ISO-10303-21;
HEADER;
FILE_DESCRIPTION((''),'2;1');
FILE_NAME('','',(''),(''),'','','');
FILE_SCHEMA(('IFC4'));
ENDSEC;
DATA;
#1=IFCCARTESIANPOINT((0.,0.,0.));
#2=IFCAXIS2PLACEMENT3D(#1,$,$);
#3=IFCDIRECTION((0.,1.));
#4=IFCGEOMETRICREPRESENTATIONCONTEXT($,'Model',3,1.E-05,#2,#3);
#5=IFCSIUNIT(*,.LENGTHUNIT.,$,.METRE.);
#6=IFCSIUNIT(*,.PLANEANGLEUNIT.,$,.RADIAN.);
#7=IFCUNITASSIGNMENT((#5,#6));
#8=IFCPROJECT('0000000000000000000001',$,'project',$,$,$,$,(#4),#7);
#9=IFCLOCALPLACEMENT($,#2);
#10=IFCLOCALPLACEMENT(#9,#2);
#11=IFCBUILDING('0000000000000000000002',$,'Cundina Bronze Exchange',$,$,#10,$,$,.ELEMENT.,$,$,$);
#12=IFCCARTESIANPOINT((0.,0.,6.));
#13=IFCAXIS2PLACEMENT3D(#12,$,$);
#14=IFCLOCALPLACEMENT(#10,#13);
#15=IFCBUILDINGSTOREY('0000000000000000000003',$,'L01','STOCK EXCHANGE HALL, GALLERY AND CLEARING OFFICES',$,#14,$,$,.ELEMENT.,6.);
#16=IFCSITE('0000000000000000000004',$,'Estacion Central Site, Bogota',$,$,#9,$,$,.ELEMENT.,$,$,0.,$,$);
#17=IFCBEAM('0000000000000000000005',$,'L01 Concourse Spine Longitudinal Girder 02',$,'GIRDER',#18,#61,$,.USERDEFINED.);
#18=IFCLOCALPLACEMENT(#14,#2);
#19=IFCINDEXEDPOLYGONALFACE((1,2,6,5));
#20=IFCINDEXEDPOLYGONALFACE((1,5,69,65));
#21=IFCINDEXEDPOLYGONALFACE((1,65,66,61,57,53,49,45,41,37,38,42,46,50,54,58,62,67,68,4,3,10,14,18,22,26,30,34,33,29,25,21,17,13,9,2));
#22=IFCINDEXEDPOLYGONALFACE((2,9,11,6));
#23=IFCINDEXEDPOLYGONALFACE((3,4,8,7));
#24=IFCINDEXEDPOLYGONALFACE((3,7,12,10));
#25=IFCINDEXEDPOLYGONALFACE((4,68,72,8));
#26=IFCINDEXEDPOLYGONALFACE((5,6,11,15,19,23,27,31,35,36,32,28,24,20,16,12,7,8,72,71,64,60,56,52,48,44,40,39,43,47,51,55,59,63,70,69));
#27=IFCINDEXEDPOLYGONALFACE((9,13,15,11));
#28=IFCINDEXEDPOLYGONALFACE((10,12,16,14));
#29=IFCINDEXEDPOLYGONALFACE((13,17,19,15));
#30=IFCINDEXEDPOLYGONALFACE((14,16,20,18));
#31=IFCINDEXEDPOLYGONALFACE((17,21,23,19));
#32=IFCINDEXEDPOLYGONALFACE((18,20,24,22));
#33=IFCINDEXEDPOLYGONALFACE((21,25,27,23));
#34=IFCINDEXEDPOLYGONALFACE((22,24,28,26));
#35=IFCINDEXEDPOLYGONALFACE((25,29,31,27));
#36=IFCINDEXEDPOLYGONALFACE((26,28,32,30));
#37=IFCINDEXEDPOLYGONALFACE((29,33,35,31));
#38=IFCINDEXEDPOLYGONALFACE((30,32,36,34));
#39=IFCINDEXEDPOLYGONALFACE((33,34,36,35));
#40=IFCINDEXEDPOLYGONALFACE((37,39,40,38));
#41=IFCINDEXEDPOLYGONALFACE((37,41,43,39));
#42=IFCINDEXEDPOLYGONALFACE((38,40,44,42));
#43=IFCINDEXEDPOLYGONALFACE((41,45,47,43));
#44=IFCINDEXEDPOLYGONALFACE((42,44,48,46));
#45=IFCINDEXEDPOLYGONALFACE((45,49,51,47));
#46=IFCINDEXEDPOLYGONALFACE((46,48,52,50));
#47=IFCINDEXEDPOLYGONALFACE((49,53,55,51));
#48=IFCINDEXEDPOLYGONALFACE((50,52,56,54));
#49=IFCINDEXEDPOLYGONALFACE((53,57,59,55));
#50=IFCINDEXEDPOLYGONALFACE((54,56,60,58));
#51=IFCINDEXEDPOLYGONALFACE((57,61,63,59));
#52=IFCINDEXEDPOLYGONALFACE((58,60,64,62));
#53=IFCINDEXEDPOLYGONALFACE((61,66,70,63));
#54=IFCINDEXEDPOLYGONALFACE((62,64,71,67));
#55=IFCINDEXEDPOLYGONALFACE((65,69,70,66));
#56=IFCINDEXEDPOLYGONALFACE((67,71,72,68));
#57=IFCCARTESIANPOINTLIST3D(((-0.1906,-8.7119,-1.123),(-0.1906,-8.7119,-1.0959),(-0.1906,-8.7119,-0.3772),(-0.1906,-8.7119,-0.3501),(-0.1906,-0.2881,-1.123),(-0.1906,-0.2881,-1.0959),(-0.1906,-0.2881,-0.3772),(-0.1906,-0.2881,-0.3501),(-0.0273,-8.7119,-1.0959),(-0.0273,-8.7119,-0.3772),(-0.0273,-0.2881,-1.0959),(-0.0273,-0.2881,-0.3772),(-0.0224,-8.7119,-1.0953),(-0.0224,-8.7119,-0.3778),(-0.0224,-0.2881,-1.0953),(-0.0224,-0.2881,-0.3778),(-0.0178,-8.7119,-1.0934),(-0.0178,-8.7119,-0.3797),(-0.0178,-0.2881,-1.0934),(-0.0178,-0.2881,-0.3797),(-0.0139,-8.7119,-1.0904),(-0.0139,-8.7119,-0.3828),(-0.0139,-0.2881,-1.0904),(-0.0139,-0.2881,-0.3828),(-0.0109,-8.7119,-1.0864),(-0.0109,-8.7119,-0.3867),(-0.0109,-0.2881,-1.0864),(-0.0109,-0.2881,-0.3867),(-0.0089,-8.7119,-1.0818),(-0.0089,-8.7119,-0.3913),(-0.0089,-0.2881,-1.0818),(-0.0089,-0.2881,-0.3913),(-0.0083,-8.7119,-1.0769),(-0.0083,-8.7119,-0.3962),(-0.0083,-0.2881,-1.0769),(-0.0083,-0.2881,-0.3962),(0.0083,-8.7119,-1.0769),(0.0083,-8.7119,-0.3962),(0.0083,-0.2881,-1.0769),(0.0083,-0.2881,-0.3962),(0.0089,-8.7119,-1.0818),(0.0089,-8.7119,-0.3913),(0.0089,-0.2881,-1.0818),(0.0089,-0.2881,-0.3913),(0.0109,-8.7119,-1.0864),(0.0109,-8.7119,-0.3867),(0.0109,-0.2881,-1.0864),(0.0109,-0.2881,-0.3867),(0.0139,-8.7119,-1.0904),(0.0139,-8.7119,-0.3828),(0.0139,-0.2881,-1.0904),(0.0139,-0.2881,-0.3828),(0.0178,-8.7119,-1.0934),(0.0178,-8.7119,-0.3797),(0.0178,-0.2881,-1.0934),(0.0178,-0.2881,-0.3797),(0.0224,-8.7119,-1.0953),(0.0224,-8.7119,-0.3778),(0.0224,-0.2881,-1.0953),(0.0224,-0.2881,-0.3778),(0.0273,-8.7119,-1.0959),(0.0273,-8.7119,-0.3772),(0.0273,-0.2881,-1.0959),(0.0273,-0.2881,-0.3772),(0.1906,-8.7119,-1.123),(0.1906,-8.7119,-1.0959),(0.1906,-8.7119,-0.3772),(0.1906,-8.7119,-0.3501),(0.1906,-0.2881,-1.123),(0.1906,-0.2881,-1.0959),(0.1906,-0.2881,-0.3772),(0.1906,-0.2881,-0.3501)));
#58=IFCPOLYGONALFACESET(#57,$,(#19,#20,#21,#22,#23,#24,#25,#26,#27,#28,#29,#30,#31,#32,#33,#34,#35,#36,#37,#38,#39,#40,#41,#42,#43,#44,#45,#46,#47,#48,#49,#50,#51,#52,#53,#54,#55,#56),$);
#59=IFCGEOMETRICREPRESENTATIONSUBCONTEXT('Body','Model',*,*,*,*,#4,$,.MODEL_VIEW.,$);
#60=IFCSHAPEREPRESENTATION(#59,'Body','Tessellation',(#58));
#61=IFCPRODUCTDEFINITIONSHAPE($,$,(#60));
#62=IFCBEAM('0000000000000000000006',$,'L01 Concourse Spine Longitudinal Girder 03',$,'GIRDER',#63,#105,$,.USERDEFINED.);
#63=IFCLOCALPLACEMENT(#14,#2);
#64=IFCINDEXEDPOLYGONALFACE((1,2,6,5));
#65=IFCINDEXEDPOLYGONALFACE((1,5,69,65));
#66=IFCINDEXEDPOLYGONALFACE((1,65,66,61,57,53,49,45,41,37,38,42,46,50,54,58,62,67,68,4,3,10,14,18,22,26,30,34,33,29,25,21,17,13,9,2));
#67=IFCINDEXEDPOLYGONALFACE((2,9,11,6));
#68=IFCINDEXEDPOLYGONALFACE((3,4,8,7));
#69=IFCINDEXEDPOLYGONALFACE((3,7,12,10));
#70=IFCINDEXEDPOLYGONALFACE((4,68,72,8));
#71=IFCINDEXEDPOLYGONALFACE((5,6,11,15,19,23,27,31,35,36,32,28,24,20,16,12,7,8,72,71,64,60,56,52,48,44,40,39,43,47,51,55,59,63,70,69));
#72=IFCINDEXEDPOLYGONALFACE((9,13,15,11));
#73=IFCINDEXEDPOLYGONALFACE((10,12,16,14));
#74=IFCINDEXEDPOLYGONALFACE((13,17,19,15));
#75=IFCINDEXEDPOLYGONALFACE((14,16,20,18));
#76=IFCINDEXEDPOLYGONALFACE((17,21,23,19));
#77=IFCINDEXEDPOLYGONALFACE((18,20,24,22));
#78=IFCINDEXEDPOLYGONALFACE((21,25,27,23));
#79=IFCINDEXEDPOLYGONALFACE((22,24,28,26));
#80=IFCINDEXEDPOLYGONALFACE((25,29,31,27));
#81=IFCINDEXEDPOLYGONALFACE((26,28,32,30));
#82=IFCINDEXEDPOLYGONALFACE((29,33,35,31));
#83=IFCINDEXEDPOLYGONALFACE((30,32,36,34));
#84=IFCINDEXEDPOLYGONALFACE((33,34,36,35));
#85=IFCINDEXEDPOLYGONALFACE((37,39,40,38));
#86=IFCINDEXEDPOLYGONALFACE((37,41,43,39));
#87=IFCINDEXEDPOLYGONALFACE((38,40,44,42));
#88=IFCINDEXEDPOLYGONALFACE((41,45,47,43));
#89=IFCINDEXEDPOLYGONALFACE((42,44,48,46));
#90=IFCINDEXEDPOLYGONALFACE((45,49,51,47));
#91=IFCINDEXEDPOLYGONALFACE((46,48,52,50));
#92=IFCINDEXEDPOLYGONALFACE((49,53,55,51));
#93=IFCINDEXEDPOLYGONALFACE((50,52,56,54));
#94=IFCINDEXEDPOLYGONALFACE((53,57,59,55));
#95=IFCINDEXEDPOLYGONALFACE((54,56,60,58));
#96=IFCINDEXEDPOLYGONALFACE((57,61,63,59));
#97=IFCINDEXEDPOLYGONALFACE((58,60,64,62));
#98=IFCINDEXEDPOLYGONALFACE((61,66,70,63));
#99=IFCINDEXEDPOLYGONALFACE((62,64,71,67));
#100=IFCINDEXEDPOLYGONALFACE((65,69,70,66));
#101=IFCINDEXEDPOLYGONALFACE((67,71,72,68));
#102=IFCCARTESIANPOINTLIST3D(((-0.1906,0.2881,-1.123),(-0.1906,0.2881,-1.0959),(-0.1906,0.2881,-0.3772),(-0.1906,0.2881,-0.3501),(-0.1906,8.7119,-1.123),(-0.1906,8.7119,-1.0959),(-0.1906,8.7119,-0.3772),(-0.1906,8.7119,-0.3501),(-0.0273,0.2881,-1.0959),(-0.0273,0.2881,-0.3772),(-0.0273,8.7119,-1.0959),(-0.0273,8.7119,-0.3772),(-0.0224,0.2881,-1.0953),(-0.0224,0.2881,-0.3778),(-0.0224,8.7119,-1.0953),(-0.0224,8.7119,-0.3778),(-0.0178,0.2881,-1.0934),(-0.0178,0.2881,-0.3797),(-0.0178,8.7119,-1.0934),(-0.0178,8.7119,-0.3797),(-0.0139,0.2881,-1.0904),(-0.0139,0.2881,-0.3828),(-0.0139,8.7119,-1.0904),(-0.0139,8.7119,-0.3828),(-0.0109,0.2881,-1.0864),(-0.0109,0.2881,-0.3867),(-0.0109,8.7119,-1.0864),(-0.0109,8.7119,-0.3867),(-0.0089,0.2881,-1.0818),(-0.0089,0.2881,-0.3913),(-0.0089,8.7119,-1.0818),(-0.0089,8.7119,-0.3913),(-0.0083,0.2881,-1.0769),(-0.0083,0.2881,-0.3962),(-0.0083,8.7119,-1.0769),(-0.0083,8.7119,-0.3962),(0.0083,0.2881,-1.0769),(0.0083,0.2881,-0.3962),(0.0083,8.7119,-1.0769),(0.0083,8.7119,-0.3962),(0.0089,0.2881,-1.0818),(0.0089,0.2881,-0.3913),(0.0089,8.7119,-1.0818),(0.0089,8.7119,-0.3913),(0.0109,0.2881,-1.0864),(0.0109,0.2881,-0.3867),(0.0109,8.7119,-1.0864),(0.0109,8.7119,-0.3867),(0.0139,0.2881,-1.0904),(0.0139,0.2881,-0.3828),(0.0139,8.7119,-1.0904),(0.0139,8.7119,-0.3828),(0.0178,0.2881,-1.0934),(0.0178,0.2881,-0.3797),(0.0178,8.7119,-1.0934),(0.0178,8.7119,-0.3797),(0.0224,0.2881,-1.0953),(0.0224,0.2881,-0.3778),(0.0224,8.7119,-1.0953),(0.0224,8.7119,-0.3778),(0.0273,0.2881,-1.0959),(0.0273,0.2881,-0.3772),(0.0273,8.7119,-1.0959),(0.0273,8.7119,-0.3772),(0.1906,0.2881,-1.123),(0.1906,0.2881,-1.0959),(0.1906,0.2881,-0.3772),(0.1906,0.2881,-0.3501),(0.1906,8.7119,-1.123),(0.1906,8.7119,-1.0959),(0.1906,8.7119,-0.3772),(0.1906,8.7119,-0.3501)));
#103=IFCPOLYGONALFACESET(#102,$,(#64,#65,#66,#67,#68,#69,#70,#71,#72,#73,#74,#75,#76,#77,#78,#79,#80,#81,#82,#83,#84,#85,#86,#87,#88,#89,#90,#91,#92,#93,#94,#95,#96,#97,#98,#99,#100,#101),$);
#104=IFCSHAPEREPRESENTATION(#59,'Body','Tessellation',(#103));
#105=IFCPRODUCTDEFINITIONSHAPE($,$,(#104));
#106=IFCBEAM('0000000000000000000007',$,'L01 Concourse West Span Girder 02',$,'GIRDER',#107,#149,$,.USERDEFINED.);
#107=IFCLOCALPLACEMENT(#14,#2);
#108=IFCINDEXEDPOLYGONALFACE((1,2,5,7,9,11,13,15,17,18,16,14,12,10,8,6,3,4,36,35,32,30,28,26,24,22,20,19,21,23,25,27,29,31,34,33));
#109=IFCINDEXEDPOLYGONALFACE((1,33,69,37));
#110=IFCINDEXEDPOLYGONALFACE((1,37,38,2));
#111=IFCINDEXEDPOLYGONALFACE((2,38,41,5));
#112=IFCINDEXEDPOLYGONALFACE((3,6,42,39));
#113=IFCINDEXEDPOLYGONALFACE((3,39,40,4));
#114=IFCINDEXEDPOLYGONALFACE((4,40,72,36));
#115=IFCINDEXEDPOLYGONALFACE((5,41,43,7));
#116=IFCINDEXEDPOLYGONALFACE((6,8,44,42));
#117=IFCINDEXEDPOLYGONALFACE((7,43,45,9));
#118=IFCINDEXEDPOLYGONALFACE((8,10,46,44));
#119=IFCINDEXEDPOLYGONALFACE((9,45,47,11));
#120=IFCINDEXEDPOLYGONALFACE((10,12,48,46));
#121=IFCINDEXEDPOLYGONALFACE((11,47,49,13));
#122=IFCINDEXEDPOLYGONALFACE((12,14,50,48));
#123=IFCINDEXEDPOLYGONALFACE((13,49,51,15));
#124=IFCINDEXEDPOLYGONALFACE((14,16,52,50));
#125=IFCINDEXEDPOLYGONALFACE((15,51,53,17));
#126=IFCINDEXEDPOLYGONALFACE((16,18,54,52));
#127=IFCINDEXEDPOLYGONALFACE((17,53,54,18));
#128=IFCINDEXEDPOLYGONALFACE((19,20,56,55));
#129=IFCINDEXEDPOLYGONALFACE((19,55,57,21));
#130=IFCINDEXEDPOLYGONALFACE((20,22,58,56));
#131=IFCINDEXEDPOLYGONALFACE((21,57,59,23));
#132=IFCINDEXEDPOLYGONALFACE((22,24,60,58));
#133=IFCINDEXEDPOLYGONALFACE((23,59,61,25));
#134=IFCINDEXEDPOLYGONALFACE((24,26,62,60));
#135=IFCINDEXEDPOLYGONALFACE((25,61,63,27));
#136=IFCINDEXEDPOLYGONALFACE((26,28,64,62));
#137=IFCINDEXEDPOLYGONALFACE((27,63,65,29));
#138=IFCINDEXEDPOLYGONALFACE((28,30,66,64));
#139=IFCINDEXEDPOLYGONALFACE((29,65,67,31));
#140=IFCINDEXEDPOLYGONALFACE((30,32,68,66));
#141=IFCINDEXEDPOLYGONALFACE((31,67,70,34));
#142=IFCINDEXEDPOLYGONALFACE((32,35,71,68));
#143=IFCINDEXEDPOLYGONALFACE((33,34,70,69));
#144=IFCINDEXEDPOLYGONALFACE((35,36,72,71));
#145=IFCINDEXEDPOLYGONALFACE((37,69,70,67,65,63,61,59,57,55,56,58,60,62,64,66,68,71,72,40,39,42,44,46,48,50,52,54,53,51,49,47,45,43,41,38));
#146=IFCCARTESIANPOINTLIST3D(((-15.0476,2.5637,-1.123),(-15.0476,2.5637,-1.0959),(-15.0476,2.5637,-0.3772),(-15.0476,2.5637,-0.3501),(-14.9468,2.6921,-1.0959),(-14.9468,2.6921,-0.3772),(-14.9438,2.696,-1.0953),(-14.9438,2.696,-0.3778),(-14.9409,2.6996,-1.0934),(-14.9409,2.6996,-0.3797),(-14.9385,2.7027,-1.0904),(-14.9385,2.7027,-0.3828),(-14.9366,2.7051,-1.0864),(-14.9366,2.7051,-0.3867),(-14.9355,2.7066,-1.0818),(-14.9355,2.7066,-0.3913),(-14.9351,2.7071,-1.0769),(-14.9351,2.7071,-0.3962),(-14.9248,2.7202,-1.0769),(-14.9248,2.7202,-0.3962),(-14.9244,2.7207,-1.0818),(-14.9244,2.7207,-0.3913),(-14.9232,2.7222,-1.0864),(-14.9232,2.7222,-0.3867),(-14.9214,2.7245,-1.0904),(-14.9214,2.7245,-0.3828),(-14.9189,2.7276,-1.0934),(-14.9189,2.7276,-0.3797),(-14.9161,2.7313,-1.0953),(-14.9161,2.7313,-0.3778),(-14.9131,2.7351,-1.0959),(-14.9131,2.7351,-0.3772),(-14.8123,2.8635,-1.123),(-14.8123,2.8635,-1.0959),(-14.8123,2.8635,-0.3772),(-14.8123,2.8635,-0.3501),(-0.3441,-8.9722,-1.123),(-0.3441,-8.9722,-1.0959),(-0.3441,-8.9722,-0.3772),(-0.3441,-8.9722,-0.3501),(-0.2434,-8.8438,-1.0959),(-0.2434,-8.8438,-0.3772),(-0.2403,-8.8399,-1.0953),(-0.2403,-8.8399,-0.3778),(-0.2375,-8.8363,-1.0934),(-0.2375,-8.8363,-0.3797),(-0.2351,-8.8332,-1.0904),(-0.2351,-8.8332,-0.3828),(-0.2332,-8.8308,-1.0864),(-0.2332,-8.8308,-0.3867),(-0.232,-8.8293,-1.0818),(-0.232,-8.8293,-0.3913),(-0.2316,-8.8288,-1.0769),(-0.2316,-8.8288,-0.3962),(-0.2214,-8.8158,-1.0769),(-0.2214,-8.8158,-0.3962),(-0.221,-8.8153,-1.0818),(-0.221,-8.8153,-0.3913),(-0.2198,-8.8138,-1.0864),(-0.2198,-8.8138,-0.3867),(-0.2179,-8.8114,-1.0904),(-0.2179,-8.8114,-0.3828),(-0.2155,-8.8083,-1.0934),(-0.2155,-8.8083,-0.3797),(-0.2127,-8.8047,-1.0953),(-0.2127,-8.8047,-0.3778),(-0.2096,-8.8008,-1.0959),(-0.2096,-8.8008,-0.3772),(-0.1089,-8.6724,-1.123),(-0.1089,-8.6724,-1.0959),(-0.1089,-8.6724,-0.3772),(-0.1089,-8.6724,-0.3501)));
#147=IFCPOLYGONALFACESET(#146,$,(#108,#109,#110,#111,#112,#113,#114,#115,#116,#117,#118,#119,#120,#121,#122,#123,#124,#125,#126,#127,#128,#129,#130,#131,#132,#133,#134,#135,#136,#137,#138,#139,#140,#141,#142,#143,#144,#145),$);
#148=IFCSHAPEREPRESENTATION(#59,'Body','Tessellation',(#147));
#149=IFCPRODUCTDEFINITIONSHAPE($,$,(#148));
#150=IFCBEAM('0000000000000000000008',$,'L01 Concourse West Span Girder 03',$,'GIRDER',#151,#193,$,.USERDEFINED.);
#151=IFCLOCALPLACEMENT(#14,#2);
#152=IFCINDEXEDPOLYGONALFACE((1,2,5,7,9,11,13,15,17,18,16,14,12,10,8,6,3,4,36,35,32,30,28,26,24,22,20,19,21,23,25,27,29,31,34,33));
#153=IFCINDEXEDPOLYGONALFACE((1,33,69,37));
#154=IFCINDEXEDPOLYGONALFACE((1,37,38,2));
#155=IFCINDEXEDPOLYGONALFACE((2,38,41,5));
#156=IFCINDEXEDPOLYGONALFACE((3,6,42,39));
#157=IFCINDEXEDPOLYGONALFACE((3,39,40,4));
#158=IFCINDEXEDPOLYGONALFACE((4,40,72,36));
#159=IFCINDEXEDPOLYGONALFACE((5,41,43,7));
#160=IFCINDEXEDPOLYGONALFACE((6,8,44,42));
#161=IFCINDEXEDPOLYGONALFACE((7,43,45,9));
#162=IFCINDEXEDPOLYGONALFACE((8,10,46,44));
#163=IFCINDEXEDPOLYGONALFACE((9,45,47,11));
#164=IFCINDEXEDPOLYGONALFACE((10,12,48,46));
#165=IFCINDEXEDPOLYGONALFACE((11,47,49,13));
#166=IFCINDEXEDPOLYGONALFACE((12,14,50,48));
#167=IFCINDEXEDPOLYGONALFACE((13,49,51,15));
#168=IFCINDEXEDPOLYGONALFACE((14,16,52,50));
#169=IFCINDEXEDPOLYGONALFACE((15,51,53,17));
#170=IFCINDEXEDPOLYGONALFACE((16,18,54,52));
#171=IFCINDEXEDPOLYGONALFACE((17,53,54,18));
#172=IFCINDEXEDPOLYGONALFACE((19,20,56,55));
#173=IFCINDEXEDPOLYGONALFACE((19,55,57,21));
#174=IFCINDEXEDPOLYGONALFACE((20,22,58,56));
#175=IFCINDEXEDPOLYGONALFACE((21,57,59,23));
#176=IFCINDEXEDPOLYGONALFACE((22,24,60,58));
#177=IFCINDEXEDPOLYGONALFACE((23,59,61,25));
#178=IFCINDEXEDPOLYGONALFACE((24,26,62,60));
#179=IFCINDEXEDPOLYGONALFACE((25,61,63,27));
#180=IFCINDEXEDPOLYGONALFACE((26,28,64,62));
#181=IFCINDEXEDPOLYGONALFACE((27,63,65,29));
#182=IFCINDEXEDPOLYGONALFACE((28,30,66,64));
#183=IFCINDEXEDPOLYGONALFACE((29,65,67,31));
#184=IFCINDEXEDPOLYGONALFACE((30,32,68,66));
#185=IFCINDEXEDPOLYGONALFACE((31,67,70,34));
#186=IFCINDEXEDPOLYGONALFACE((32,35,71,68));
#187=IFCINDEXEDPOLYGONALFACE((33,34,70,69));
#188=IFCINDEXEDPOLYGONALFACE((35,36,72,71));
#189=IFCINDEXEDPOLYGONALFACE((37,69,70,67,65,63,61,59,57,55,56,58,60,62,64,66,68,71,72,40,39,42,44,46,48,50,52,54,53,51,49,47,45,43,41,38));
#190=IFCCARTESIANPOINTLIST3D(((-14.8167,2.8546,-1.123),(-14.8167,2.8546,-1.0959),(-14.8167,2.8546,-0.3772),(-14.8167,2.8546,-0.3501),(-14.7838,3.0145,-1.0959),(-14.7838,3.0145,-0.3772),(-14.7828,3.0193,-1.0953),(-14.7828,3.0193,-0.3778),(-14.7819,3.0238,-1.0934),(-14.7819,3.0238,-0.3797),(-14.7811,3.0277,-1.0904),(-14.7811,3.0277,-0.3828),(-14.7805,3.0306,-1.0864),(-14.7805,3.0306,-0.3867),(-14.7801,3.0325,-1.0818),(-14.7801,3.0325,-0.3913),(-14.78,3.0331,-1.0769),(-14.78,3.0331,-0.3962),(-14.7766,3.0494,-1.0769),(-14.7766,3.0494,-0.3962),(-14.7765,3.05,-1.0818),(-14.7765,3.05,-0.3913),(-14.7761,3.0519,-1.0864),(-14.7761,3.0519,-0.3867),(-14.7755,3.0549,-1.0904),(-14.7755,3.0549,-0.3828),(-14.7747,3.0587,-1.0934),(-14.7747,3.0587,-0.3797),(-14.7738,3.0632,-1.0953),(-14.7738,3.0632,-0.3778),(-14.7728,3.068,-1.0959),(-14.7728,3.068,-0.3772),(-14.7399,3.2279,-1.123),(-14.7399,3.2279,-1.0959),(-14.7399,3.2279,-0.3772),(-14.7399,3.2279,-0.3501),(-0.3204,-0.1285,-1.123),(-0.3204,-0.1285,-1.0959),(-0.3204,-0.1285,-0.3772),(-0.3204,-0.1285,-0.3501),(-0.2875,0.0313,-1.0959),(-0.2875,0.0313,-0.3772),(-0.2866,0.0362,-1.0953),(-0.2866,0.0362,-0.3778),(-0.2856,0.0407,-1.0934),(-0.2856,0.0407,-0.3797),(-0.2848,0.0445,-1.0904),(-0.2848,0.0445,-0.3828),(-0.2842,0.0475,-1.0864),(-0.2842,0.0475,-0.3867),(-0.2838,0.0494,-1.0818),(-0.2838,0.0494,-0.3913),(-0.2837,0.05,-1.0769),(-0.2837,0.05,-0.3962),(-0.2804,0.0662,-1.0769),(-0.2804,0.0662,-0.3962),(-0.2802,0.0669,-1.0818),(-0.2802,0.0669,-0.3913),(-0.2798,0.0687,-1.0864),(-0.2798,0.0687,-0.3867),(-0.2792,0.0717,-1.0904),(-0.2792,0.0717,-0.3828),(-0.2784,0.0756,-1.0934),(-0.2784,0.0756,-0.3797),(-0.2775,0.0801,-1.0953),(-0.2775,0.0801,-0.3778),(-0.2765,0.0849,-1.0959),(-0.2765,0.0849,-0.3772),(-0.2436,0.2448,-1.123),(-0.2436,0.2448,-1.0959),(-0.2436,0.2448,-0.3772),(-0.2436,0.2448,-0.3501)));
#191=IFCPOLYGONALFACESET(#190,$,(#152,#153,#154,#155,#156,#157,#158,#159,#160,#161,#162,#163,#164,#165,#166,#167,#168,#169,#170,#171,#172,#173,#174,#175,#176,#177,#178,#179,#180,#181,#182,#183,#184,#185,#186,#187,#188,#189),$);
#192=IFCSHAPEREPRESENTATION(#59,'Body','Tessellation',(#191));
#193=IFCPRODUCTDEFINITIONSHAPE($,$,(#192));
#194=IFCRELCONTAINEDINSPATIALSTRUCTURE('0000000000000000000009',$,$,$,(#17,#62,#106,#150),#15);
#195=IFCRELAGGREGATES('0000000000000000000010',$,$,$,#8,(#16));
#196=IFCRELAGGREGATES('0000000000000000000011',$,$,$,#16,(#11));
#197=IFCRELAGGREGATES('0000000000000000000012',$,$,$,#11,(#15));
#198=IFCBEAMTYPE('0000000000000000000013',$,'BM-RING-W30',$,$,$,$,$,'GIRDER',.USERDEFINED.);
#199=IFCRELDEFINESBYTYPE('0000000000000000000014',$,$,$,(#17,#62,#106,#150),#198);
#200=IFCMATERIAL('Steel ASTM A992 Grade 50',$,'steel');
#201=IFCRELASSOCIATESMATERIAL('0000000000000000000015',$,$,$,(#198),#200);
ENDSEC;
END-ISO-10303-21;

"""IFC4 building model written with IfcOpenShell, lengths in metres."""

from ifc_helpers import new_model, si_unit, direction, frame, origin, origin_2d, place, context, subcontext, project, spatial, i_section, extrude, material, material_profile, profile_set, type_object, element, save


model = new_model("IFC4")

# Units and contexts
model_context = context("Model", 3, precision=1e-05, world=origin(), true_north=direction((0.0, 1.0)))
body_context = subcontext(model_context, "Body", "Model", "MODEL_VIEW")
ifc_project = project(units=[si_unit("LENGTHUNIT", "METRE"), si_unit("PLANEANGLEUNIT", "RADIAN")], contexts=[model_context])

# Site, building, storey
site_placement = place(None, origin())
site = spatial("IfcSite", under=ifc_project, at=site_placement, Name="Estacion Central Site, Bogota", CompositionType="ELEMENT", RefElevation=0.0)
building_placement = place(site_placement, origin())
building = spatial("IfcBuilding", under=site, at=building_placement, Name="Cundina Bronze Exchange", CompositionType="ELEMENT")
storey_placement = place(building_placement, frame((0.0, 0.0, 6.0)))
storey = spatial("IfcBuildingStorey", under=building, at=storey_placement, Name="L01", Description="STOCK EXCHANGE HALL, GALLERY AND CLEARING OFFICES", CompositionType="ELEMENT", Elevation=6.0)

# Shared definitions
ifc_material_1 = material(Name="Steel ASTM A992 Grade 50", Category="steel")

# Beams
ifc_material_profile_1 = material_profile(ifc_material_1, i_section(OverallWidth=0.3811, OverallDepth=0.7729, WebThickness=0.0166, FlangeThickness=0.0271, FilletRadius=0.019, at=origin_2d()), Name="W30X173", Category="steel")
ifc_profile_set_1 = profile_set([ifc_material_profile_1], Name="Steel ASTM A992 Grade 50")
beam_type_1 = type_object("IfcBeamType", Name="BM-RING-W30", ElementType="GIRDER", PredefinedType="USERDEFINED", material=ifc_profile_set_1)
for number, where, z_axis, x_axis, name in (
    (1, (0.0, -8.7119, -0.7366), (0.0, 1.0, 0.0), (-1.0, 0.0, 0.0), "L01 Concourse Spine Longitudinal Girder 02"),
    (2, (0.0, 0.2881, -0.7366), (0.0, 1.0, 0.0), (-1.0, 0.0, 0.0), "L01 Concourse Spine Longitudinal Girder 03"),
):
    element("IfcBeam", number, at=place(storey_placement, frame(where, z_axis=z_axis, x_axis=x_axis)), inside=storey, type_object=beam_type_1, Name=name, ObjectType="GIRDER", PredefinedType="USERDEFINED", context=body_context, shape_type="SweptSolid", body=[
        extrude(i_section(OverallWidth=0.3811, OverallDepth=0.7729, WebThickness=0.0166, FlangeThickness=0.0271, FilletRadius=0.019, at=origin_2d()), origin(), (0.0, 0.0, 1.0), 8.4238),
    ])
beam_1_placement = place(storey_placement, frame((-14.9299, 2.7136, -0.7366), z_axis=(0.786754, -0.617267, 0.0), x_axis=(0.617267, 0.786754, 0.0)))
element("IfcBeam", 3, at=beam_1_placement, inside=storey, type_object=beam_type_1, Name="L01 Concourse West Span Girder 02", ObjectType="GIRDER", PredefinedType="USERDEFINED", context=body_context, shape_type="SweptSolid", body=[
    extrude(i_section(OverallWidth=0.3811, OverallDepth=0.7729, WebThickness=0.0166, FlangeThickness=0.0271, FilletRadius=0.019, at=origin_2d()), origin(), (0.0, 0.0, 1.0), 18.6887),
])
beam_2_placement = place(storey_placement, frame((-14.7783, 3.0413, -0.7366), z_axis=(0.979476, -0.201563, 0.0), x_axis=(0.201563, 0.979476, 0.0)))
element("IfcBeam", 4, at=beam_2_placement, inside=storey, type_object=beam_type_1, Name="L01 Concourse West Span Girder 03", ObjectType="GIRDER", PredefinedType="USERDEFINED", context=body_context, shape_type="SweptSolid", body=[
    extrude(i_section(OverallWidth=0.3811, OverallDepth=0.7729, WebThickness=0.0166, FlangeThickness=0.0271, FilletRadius=0.019, at=origin_2d()), origin(), (0.0, 0.0, 1.0), 14.8),
])

save(model, "model.ifc")
